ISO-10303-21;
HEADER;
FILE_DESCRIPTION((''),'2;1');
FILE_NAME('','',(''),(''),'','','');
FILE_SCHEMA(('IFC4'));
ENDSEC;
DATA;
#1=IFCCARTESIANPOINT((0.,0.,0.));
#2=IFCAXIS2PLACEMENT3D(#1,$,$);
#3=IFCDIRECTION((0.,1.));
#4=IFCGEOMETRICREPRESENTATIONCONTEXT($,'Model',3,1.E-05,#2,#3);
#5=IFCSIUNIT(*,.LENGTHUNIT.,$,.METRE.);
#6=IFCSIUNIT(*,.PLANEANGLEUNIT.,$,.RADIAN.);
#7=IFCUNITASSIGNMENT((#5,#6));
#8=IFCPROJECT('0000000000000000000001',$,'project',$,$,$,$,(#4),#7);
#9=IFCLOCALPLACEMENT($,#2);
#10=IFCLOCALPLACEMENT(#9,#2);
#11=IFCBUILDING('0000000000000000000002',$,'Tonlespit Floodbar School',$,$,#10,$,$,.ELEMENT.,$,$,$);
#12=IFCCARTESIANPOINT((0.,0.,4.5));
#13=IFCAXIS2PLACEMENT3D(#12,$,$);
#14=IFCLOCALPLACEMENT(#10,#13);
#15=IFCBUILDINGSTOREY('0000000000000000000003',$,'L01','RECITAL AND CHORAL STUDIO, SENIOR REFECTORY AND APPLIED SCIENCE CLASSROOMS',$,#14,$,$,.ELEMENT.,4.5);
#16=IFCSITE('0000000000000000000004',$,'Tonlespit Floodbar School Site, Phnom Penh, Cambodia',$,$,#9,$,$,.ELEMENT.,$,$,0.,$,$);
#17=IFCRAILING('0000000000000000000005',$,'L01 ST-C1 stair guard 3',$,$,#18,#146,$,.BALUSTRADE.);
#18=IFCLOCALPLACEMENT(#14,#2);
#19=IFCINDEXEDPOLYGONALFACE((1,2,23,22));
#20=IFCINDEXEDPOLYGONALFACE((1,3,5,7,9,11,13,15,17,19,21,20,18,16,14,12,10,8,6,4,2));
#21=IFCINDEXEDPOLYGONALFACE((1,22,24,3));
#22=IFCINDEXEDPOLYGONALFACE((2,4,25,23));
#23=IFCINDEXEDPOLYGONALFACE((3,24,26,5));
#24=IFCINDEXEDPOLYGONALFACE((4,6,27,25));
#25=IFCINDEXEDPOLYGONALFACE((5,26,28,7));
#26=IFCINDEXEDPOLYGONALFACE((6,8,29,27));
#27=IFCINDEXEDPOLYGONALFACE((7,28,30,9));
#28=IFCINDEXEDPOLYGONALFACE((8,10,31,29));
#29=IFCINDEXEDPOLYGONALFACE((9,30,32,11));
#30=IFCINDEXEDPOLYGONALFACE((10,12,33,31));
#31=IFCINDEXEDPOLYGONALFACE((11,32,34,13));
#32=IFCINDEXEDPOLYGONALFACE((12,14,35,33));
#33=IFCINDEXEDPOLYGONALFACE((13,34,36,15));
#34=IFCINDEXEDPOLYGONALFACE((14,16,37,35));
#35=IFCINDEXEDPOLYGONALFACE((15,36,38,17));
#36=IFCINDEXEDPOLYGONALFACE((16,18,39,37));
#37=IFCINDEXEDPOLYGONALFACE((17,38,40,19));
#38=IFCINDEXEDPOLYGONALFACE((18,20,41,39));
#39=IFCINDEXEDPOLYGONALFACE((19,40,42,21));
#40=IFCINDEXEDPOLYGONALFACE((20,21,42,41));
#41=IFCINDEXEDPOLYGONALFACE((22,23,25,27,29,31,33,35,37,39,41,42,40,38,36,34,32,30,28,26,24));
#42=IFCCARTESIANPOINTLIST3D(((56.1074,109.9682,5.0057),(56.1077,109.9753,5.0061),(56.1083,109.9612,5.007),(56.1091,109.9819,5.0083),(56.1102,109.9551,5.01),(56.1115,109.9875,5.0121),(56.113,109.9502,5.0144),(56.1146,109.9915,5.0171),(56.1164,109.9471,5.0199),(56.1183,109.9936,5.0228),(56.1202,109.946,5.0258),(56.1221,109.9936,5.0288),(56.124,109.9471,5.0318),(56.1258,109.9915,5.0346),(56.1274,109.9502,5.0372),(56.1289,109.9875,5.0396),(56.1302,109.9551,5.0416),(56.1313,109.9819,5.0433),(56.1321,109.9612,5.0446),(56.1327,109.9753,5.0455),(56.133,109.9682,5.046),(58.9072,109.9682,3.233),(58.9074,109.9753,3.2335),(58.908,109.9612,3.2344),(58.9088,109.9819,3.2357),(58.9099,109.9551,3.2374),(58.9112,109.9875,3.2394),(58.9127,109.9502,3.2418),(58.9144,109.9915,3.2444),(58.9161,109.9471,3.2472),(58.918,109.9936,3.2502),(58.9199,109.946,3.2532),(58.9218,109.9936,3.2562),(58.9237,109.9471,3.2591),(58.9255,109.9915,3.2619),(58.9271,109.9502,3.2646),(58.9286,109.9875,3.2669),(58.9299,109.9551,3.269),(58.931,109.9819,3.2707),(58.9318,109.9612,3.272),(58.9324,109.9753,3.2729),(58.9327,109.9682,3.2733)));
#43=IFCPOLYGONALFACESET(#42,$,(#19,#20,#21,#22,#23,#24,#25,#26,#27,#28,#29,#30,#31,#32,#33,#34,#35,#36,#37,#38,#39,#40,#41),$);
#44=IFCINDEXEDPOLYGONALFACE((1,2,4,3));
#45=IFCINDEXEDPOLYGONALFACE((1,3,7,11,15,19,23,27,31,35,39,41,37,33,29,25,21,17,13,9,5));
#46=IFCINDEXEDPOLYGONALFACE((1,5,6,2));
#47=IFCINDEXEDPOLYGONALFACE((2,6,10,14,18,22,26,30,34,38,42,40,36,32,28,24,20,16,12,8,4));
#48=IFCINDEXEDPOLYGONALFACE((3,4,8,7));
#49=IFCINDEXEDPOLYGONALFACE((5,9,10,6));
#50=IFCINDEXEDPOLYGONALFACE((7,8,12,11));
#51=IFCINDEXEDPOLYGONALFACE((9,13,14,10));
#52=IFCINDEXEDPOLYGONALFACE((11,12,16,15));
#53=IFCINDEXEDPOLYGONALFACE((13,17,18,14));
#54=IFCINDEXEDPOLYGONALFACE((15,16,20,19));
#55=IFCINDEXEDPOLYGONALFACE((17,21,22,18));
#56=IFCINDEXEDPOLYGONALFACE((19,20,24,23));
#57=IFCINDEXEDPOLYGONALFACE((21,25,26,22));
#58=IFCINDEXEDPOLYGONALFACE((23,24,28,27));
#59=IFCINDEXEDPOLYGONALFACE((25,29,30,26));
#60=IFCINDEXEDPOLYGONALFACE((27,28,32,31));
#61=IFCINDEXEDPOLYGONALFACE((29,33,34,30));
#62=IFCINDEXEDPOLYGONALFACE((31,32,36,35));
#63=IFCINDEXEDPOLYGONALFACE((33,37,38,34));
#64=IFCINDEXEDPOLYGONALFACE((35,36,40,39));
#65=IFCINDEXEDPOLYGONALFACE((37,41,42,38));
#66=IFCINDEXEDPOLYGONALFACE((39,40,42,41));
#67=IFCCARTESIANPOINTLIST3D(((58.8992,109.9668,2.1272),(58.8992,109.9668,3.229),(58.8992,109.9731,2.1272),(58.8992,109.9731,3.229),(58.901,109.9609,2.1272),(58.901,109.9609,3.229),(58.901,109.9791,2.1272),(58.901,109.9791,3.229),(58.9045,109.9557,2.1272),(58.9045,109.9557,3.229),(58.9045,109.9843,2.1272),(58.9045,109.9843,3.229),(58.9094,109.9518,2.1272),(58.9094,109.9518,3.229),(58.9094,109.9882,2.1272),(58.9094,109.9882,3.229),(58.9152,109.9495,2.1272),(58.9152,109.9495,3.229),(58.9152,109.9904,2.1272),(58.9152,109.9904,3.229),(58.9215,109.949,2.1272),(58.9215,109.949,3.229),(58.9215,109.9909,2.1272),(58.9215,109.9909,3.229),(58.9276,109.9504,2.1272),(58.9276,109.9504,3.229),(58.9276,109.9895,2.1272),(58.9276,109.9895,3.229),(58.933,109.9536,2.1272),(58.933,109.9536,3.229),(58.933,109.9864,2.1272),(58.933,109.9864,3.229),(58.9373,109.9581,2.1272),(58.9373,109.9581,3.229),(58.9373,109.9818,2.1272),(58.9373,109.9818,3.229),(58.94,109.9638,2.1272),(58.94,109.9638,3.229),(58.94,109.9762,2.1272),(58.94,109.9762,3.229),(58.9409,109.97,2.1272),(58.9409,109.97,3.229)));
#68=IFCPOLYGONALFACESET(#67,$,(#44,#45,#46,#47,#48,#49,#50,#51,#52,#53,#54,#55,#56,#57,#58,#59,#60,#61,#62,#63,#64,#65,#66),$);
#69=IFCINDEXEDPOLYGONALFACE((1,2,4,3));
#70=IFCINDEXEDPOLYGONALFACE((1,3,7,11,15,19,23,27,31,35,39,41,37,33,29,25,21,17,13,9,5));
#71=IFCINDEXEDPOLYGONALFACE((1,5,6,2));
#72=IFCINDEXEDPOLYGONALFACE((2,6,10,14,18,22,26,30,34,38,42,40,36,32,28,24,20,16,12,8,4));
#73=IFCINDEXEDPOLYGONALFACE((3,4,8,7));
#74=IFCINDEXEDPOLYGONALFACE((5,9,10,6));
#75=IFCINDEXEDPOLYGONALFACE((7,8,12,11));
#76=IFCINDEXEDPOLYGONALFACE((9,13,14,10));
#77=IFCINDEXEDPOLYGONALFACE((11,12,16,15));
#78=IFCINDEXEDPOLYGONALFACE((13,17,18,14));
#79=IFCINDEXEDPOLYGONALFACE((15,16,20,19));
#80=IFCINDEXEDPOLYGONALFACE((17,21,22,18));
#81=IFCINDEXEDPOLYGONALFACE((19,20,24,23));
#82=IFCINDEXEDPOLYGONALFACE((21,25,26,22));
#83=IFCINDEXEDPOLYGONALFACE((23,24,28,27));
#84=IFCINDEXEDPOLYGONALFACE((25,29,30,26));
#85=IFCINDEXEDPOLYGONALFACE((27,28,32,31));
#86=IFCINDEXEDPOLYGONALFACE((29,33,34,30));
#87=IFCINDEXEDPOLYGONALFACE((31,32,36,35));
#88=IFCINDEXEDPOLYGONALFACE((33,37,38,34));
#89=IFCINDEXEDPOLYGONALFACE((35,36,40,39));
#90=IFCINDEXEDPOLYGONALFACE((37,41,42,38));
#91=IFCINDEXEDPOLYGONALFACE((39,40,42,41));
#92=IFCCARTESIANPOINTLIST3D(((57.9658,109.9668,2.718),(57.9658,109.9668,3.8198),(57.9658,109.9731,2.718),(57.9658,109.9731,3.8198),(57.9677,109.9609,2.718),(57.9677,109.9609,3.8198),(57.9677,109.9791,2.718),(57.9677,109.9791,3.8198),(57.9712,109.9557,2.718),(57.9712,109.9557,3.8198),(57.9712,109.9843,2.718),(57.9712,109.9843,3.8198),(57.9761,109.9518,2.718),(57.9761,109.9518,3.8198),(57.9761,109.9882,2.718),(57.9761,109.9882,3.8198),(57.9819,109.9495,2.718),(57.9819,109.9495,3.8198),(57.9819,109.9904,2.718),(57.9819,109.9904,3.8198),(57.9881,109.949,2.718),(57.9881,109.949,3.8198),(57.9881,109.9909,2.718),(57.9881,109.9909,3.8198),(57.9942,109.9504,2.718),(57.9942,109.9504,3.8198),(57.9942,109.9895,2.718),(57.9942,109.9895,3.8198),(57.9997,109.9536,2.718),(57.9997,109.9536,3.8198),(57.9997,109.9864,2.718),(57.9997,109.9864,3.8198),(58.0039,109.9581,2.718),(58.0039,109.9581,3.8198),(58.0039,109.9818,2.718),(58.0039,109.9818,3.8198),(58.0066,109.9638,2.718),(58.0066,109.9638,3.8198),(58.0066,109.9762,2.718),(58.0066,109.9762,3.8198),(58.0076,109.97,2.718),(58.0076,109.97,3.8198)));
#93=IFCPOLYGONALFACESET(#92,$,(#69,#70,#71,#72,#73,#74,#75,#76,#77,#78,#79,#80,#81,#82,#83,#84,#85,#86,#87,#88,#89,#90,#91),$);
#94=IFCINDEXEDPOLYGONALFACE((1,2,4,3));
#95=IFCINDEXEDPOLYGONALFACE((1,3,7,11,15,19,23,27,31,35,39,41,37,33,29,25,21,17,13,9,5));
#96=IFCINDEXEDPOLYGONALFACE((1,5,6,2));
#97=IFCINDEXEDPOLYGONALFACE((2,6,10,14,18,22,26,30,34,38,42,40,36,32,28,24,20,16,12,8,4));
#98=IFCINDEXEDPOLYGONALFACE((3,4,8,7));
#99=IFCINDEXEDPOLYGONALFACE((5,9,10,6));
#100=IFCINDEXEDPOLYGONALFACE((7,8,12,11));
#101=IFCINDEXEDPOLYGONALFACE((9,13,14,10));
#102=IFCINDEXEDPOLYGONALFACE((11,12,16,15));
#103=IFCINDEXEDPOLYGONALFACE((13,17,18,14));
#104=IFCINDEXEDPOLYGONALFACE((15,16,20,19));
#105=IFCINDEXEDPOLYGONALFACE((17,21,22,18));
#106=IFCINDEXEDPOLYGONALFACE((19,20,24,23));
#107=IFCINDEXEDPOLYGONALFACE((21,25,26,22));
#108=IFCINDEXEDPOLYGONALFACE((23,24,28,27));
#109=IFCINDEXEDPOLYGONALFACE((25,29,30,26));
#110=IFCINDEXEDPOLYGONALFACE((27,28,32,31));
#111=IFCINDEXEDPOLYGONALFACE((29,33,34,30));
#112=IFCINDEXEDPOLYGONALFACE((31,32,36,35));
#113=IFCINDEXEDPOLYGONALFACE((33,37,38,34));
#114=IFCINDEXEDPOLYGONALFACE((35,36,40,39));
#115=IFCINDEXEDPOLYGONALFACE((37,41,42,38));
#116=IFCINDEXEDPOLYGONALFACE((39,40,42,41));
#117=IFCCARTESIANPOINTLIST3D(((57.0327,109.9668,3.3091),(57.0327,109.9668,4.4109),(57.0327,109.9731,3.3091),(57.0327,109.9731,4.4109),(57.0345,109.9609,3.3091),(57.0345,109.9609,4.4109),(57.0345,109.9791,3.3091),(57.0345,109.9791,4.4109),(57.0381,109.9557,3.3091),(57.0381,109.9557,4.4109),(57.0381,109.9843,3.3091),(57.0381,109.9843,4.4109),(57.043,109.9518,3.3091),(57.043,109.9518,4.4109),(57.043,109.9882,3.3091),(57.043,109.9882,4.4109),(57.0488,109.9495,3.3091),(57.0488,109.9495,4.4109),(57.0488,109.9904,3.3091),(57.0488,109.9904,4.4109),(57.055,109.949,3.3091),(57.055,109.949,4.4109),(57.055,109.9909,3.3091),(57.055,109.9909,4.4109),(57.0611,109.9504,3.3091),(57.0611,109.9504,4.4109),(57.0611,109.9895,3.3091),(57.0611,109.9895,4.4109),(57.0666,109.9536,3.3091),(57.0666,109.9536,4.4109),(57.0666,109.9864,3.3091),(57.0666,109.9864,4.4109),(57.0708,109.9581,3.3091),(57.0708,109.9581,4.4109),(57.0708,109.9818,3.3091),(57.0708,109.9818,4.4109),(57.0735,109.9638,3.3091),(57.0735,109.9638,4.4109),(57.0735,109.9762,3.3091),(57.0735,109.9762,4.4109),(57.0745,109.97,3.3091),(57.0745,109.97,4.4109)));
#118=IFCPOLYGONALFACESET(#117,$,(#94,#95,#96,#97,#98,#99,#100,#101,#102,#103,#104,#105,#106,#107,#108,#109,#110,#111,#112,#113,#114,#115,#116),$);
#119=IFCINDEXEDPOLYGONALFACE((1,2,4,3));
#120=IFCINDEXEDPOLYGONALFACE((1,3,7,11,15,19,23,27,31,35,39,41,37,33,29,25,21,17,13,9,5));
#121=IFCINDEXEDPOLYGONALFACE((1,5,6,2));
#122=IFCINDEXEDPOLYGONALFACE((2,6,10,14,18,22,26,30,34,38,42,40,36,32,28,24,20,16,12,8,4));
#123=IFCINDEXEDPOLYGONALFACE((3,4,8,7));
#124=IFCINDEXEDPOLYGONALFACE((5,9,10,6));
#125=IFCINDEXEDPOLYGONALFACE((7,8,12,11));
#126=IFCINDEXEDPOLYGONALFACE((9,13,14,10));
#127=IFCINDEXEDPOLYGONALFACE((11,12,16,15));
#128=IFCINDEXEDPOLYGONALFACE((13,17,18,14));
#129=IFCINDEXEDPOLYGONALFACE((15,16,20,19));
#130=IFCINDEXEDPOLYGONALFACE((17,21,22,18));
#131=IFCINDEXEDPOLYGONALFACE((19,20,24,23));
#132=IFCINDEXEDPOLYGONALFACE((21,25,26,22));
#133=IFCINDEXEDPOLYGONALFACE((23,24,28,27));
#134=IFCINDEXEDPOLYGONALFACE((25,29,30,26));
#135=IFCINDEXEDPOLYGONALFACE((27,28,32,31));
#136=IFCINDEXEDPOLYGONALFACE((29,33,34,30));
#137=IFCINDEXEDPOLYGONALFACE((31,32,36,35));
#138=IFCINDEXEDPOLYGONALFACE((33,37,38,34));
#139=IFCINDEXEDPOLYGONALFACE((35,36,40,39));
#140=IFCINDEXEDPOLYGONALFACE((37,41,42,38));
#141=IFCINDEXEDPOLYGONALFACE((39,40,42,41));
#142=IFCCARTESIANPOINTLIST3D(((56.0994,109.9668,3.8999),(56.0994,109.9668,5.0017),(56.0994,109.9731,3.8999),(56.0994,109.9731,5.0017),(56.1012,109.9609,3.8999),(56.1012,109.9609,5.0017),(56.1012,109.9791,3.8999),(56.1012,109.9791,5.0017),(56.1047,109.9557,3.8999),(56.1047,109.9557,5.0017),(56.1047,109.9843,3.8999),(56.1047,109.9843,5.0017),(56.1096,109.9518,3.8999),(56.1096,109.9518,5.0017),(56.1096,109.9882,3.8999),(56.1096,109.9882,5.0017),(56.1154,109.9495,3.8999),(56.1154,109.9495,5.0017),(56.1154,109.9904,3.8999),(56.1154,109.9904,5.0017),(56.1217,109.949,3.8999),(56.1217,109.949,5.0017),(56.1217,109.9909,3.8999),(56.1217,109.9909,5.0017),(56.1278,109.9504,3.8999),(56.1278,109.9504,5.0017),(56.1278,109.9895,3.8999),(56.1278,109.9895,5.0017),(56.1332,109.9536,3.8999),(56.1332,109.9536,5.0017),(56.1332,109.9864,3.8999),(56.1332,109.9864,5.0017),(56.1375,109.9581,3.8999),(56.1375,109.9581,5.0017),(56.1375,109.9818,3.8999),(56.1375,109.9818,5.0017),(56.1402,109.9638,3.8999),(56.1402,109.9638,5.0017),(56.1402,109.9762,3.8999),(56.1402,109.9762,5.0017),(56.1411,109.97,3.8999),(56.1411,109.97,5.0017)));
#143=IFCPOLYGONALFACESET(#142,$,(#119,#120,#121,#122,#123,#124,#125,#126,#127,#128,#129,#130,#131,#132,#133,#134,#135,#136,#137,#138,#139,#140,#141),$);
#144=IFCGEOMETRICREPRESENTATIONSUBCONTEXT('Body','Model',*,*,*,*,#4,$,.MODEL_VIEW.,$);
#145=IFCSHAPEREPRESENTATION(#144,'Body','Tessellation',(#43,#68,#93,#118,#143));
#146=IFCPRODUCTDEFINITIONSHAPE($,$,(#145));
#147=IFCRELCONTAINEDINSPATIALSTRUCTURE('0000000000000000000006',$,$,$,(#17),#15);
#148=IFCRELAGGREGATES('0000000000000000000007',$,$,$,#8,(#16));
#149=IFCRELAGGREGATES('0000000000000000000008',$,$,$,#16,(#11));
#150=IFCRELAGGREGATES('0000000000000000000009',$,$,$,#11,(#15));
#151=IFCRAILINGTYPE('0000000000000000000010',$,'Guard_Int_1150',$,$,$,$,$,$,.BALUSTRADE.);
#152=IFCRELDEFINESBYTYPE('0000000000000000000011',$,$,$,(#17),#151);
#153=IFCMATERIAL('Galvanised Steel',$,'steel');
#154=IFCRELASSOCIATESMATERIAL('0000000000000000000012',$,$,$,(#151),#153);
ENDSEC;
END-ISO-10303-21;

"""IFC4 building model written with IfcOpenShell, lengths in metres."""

from ifc_helpers import new_model, si_unit, direction, frame, origin, origin_2d, place, context, subcontext, project, spatial, circle, extrude, material, type_object, element, save


model = new_model("IFC4")

# Units and contexts
model_context = context("Model", 3, precision=1e-05, world=origin(), true_north=direction((0.0, 1.0)))
body_context = subcontext(model_context, "Body", "Model", "MODEL_VIEW")
ifc_project = project(units=[si_unit("LENGTHUNIT", "METRE"), si_unit("PLANEANGLEUNIT", "RADIAN")], contexts=[model_context])

# Site, building, storey
site_placement = place(None, origin())
site = spatial("IfcSite", under=ifc_project, at=site_placement, Name="Tonlespit Floodbar School Site, Phnom Penh, Cambodia", CompositionType="ELEMENT", RefElevation=0.0)
building_placement = place(site_placement, origin())
building = spatial("IfcBuilding", under=site, at=building_placement, Name="Tonlespit Floodbar School", CompositionType="ELEMENT")
storey_placement = place(building_placement, frame((0.0, 0.0, 4.5)))
storey = spatial("IfcBuildingStorey", under=building, at=storey_placement, Name="L01", Description="RECITAL AND CHORAL STUDIO, SENIOR REFECTORY AND APPLIED SCIENCE CLASSROOMS", CompositionType="ELEMENT", Elevation=4.5)

# Shared definitions
ifc_material_1 = material(Name="Galvanised Steel", Category="steel")

# Railing
railing_type_1 = type_object("IfcRailingType", Name="Guard_Int_1150", PredefinedType="BALUSTRADE", material=ifc_material_1)
railing_1_placement = place(storey_placement, frame((58.9199, 109.97, 2.1272)))
element("IfcRailing", 1, at=railing_1_placement, inside=storey, type_object=railing_type_1, Name="L01 ST-C1 stair guard 3", PredefinedType="BALUSTRADE", context=body_context, shape_type="SweptSolid", body=[
    extrude(circle(Radius=0.0239, at=origin_2d()), frame((0.0, 0.0, 1.126), z_axis=(-0.844888, 0.0, 0.534943), x_axis=(0.0, -1.0, 0.0)), (0.0, 0.0, 1.0), 3.3137),
    extrude(circle(Radius=0.021, at=origin_2d()), origin(), (0.0, 0.0, 1.0), 1.1018),
    extrude(circle(Radius=0.021, at=origin_2d()), frame((-0.9333, 0.0, 0.5908)), (0.0, 0.0, 1.0), 1.1018),
    extrude(circle(Radius=0.021, at=origin_2d()), frame((-1.8665, 0.0, 1.1819)), (0.0, 0.0, 1.0), 1.1018),
    extrude(circle(Radius=0.021, at=origin_2d()), frame((-2.7998, 0.0, 1.7727)), (0.0, 0.0, 1.0), 1.1018),
])

save(model, "model.ifc")
